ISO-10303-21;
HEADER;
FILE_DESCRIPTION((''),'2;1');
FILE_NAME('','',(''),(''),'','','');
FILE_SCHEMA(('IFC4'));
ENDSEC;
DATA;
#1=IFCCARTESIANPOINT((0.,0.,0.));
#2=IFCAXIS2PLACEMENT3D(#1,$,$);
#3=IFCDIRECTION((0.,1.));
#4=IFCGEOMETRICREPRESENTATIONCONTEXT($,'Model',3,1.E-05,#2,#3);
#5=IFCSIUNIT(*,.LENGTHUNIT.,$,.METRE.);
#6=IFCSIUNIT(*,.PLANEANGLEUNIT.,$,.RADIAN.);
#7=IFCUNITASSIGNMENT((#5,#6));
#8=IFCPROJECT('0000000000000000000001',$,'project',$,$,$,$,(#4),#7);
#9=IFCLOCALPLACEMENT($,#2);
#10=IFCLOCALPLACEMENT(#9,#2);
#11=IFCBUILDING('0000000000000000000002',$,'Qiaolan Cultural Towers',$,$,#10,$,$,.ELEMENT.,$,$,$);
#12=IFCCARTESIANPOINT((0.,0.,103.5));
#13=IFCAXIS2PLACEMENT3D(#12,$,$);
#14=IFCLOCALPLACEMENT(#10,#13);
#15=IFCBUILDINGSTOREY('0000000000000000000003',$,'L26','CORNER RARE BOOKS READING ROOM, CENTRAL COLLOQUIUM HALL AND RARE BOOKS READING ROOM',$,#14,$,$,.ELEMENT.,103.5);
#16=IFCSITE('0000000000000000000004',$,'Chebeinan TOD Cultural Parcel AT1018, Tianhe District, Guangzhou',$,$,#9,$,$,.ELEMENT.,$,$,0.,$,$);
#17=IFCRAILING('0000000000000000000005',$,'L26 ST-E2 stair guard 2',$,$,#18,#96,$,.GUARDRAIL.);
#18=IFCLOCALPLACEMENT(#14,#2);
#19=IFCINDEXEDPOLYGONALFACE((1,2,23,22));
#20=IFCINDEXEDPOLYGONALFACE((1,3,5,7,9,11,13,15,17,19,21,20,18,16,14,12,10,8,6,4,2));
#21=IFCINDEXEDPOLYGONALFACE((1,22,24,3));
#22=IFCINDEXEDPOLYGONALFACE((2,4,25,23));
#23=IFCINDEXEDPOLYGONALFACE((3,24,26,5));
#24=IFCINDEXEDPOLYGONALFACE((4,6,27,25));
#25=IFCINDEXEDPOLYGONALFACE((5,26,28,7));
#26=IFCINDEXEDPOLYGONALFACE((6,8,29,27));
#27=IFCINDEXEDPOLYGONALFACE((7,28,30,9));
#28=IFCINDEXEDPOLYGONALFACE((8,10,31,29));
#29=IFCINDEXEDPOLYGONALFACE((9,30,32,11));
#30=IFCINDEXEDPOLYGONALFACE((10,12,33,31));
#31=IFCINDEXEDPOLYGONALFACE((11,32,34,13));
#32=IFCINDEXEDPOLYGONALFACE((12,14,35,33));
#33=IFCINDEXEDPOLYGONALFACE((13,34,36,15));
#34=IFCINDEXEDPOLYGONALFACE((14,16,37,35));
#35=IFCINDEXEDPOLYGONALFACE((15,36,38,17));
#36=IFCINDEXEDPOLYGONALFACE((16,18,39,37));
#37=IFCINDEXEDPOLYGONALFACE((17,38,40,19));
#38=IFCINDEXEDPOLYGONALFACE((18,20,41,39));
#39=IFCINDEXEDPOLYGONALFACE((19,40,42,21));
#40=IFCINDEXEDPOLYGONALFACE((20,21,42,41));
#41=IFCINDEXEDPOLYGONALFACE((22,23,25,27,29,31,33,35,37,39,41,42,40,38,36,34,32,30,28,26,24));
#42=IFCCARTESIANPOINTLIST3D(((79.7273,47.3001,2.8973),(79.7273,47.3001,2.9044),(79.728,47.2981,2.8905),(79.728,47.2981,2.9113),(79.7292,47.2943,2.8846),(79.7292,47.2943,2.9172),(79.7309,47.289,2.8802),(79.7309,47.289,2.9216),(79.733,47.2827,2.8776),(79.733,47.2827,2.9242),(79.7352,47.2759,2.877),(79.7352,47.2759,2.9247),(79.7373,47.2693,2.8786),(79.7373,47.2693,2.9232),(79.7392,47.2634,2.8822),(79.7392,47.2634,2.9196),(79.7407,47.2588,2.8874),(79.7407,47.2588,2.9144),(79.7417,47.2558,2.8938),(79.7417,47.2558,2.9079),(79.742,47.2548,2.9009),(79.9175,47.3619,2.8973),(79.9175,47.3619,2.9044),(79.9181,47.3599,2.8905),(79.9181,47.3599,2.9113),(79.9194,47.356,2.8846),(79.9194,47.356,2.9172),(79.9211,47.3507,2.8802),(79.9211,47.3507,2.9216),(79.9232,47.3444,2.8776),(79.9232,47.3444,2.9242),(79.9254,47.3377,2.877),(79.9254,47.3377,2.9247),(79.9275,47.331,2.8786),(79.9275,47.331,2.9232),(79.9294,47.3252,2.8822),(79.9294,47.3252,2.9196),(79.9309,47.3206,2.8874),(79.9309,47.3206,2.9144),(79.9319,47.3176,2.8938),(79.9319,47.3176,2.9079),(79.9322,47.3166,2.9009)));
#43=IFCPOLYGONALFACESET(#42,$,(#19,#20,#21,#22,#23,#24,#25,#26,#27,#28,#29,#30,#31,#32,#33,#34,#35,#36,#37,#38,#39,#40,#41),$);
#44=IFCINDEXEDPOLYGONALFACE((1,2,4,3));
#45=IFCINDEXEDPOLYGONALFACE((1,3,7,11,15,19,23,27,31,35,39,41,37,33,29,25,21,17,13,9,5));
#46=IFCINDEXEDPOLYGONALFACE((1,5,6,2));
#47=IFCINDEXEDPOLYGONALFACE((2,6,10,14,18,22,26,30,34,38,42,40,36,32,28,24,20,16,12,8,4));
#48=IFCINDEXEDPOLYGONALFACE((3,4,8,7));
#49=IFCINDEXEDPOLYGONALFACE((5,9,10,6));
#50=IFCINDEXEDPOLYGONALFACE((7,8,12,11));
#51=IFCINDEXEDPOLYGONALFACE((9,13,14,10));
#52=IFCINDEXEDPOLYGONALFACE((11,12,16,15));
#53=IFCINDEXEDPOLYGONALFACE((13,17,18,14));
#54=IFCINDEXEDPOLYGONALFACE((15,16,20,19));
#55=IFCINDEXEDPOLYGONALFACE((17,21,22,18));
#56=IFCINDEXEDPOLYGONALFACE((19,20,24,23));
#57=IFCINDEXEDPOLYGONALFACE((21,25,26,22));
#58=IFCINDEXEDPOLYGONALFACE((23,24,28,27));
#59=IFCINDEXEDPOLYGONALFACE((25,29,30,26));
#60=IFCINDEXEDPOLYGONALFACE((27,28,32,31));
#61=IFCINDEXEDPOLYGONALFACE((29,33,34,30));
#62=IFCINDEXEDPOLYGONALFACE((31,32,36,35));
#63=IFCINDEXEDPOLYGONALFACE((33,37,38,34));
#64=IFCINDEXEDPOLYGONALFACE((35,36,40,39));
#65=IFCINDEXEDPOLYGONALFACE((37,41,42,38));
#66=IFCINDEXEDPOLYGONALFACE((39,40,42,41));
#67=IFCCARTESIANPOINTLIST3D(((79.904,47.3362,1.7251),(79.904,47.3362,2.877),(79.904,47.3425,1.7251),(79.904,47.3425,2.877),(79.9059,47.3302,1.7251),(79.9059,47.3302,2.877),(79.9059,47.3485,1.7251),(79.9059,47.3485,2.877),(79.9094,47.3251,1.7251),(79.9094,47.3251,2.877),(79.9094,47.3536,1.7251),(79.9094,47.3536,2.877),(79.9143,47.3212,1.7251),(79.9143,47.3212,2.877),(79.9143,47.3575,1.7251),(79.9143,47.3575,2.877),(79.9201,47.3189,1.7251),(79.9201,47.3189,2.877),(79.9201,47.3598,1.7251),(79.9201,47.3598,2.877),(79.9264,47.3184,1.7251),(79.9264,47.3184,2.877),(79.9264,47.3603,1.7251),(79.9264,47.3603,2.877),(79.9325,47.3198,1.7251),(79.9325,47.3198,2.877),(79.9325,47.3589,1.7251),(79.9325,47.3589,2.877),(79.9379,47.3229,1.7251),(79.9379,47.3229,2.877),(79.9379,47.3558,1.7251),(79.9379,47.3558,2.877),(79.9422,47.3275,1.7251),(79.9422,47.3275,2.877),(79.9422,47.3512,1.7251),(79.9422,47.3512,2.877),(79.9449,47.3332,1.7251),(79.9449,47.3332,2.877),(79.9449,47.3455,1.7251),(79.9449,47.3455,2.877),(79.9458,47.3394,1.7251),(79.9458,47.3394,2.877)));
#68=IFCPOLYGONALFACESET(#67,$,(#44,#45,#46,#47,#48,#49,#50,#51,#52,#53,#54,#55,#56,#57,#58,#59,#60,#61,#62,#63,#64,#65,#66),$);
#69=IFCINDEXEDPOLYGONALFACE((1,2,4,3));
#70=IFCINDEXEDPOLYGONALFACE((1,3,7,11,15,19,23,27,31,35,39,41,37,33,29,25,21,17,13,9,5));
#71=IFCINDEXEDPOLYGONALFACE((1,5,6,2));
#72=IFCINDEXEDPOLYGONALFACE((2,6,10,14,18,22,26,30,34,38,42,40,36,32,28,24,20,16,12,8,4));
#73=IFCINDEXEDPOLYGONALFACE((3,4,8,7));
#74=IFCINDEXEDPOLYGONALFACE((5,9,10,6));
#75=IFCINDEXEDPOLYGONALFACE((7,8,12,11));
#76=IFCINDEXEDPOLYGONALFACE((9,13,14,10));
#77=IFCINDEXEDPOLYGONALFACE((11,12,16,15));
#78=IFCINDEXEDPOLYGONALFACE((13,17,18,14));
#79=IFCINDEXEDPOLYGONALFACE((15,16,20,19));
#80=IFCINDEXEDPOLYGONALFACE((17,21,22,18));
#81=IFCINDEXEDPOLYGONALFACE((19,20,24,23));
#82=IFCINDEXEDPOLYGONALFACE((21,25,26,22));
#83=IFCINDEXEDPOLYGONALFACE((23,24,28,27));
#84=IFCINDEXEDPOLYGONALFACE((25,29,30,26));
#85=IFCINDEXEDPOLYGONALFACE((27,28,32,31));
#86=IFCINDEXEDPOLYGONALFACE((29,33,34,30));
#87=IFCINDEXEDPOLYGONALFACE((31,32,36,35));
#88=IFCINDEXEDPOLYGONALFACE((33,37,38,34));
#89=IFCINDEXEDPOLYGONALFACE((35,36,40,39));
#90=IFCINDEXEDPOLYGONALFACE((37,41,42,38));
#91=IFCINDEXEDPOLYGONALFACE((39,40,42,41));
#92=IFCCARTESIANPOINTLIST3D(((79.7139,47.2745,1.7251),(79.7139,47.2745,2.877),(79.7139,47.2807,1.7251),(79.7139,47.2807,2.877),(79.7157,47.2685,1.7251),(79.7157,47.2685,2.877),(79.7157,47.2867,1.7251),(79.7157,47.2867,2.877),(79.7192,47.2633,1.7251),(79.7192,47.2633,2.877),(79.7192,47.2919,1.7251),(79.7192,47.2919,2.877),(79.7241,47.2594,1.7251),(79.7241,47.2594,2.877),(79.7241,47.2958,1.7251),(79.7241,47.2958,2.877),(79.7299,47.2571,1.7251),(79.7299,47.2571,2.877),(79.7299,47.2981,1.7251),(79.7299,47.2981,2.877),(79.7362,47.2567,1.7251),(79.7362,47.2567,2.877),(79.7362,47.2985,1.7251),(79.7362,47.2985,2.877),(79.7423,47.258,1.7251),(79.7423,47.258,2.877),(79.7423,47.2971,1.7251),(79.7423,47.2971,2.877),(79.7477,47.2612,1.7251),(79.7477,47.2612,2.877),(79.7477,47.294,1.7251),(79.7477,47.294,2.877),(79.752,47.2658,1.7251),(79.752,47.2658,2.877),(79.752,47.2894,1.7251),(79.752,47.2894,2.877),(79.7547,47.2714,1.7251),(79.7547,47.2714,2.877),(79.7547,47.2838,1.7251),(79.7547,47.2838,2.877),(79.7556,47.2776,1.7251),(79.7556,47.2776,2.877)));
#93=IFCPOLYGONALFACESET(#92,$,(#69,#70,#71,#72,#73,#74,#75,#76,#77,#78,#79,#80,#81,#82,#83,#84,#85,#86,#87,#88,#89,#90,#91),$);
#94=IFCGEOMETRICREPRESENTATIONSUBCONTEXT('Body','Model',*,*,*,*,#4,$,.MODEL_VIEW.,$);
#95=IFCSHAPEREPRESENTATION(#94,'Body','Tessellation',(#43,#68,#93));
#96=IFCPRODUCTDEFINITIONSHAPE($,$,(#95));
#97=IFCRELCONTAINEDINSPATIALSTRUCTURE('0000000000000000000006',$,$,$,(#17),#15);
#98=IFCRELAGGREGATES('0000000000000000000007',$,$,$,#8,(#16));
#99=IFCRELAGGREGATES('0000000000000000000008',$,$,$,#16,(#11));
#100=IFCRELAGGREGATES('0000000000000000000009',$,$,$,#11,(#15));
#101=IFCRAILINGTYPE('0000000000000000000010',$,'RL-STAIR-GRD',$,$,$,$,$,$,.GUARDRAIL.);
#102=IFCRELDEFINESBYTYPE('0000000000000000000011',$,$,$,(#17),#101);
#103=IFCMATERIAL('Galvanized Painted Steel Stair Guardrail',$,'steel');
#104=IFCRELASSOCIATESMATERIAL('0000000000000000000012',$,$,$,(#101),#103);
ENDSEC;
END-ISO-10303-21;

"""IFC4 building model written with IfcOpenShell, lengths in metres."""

from ifc_helpers import new_model, si_unit, direction, frame, origin, origin_2d, place, context, subcontext, project, spatial, circle, extrude, material, type_object, element, save


model = new_model("IFC4")

# Units and contexts
model_context = context("Model", 3, precision=1e-05, world=origin(), true_north=direction((0.0, 1.0)))
body_context = subcontext(model_context, "Body", "Model", "MODEL_VIEW")
ifc_project = project(units=[si_unit("LENGTHUNIT", "METRE"), si_unit("PLANEANGLEUNIT", "RADIAN")], contexts=[model_context])

# Site, building, storey
site_placement = place(None, origin())
site = spatial("IfcSite", under=ifc_project, at=site_placement, Name="Chebeinan TOD Cultural Parcel AT1018, Tianhe District, Guangzhou", CompositionType="ELEMENT", RefElevation=0.0)
building_placement = place(site_placement, origin())
building = spatial("IfcBuilding", under=site, at=building_placement, Name="Qiaolan Cultural Towers", CompositionType="ELEMENT")
storey_placement = place(building_placement, frame((0.0, 0.0, 103.5)))
storey = spatial("IfcBuildingStorey", under=building, at=storey_placement, Name="L26", Description="CORNER RARE BOOKS READING ROOM, CENTRAL COLLOQUIUM HALL AND RARE BOOKS READING ROOM", CompositionType="ELEMENT", Elevation=103.5)

# Railing
ifc_material_1 = material(Name="Galvanized Painted Steel Stair Guardrail", Category="steel")
railing_type_1 = type_object("IfcRailingType", Name="RL-STAIR-GRD", PredefinedType="GUARDRAIL", material=ifc_material_1)
railing_1_placement = place(storey_placement, frame((79.9248, 47.3394, 1.7251)))
element("IfcRailing", 1, at=railing_1_placement, inside=storey, type_object=railing_type_1, Name="L26 ST-E2 stair guard 2", PredefinedType="GUARDRAIL", context=body_context, shape_type="SweptSolid", body=[
    extrude(circle(Radius=0.0239, at=origin_2d()), frame((0.0, 0.0, 1.1758), z_axis=(-0.951097, -0.308893, 0.0), x_axis=(0.308893, -0.951097, 0.0)), (0.0, 0.0, 1.0), 0.2),
    extrude(circle(Radius=0.021, at=origin_2d()), origin(), (0.0, 0.0, 1.0), 1.1519),
    extrude(circle(Radius=0.021, at=origin_2d()), frame((-0.1902, -0.0618, 0.0)), (0.0, 0.0, 1.0), 1.1519),
])

save(model, "model.ifc")
